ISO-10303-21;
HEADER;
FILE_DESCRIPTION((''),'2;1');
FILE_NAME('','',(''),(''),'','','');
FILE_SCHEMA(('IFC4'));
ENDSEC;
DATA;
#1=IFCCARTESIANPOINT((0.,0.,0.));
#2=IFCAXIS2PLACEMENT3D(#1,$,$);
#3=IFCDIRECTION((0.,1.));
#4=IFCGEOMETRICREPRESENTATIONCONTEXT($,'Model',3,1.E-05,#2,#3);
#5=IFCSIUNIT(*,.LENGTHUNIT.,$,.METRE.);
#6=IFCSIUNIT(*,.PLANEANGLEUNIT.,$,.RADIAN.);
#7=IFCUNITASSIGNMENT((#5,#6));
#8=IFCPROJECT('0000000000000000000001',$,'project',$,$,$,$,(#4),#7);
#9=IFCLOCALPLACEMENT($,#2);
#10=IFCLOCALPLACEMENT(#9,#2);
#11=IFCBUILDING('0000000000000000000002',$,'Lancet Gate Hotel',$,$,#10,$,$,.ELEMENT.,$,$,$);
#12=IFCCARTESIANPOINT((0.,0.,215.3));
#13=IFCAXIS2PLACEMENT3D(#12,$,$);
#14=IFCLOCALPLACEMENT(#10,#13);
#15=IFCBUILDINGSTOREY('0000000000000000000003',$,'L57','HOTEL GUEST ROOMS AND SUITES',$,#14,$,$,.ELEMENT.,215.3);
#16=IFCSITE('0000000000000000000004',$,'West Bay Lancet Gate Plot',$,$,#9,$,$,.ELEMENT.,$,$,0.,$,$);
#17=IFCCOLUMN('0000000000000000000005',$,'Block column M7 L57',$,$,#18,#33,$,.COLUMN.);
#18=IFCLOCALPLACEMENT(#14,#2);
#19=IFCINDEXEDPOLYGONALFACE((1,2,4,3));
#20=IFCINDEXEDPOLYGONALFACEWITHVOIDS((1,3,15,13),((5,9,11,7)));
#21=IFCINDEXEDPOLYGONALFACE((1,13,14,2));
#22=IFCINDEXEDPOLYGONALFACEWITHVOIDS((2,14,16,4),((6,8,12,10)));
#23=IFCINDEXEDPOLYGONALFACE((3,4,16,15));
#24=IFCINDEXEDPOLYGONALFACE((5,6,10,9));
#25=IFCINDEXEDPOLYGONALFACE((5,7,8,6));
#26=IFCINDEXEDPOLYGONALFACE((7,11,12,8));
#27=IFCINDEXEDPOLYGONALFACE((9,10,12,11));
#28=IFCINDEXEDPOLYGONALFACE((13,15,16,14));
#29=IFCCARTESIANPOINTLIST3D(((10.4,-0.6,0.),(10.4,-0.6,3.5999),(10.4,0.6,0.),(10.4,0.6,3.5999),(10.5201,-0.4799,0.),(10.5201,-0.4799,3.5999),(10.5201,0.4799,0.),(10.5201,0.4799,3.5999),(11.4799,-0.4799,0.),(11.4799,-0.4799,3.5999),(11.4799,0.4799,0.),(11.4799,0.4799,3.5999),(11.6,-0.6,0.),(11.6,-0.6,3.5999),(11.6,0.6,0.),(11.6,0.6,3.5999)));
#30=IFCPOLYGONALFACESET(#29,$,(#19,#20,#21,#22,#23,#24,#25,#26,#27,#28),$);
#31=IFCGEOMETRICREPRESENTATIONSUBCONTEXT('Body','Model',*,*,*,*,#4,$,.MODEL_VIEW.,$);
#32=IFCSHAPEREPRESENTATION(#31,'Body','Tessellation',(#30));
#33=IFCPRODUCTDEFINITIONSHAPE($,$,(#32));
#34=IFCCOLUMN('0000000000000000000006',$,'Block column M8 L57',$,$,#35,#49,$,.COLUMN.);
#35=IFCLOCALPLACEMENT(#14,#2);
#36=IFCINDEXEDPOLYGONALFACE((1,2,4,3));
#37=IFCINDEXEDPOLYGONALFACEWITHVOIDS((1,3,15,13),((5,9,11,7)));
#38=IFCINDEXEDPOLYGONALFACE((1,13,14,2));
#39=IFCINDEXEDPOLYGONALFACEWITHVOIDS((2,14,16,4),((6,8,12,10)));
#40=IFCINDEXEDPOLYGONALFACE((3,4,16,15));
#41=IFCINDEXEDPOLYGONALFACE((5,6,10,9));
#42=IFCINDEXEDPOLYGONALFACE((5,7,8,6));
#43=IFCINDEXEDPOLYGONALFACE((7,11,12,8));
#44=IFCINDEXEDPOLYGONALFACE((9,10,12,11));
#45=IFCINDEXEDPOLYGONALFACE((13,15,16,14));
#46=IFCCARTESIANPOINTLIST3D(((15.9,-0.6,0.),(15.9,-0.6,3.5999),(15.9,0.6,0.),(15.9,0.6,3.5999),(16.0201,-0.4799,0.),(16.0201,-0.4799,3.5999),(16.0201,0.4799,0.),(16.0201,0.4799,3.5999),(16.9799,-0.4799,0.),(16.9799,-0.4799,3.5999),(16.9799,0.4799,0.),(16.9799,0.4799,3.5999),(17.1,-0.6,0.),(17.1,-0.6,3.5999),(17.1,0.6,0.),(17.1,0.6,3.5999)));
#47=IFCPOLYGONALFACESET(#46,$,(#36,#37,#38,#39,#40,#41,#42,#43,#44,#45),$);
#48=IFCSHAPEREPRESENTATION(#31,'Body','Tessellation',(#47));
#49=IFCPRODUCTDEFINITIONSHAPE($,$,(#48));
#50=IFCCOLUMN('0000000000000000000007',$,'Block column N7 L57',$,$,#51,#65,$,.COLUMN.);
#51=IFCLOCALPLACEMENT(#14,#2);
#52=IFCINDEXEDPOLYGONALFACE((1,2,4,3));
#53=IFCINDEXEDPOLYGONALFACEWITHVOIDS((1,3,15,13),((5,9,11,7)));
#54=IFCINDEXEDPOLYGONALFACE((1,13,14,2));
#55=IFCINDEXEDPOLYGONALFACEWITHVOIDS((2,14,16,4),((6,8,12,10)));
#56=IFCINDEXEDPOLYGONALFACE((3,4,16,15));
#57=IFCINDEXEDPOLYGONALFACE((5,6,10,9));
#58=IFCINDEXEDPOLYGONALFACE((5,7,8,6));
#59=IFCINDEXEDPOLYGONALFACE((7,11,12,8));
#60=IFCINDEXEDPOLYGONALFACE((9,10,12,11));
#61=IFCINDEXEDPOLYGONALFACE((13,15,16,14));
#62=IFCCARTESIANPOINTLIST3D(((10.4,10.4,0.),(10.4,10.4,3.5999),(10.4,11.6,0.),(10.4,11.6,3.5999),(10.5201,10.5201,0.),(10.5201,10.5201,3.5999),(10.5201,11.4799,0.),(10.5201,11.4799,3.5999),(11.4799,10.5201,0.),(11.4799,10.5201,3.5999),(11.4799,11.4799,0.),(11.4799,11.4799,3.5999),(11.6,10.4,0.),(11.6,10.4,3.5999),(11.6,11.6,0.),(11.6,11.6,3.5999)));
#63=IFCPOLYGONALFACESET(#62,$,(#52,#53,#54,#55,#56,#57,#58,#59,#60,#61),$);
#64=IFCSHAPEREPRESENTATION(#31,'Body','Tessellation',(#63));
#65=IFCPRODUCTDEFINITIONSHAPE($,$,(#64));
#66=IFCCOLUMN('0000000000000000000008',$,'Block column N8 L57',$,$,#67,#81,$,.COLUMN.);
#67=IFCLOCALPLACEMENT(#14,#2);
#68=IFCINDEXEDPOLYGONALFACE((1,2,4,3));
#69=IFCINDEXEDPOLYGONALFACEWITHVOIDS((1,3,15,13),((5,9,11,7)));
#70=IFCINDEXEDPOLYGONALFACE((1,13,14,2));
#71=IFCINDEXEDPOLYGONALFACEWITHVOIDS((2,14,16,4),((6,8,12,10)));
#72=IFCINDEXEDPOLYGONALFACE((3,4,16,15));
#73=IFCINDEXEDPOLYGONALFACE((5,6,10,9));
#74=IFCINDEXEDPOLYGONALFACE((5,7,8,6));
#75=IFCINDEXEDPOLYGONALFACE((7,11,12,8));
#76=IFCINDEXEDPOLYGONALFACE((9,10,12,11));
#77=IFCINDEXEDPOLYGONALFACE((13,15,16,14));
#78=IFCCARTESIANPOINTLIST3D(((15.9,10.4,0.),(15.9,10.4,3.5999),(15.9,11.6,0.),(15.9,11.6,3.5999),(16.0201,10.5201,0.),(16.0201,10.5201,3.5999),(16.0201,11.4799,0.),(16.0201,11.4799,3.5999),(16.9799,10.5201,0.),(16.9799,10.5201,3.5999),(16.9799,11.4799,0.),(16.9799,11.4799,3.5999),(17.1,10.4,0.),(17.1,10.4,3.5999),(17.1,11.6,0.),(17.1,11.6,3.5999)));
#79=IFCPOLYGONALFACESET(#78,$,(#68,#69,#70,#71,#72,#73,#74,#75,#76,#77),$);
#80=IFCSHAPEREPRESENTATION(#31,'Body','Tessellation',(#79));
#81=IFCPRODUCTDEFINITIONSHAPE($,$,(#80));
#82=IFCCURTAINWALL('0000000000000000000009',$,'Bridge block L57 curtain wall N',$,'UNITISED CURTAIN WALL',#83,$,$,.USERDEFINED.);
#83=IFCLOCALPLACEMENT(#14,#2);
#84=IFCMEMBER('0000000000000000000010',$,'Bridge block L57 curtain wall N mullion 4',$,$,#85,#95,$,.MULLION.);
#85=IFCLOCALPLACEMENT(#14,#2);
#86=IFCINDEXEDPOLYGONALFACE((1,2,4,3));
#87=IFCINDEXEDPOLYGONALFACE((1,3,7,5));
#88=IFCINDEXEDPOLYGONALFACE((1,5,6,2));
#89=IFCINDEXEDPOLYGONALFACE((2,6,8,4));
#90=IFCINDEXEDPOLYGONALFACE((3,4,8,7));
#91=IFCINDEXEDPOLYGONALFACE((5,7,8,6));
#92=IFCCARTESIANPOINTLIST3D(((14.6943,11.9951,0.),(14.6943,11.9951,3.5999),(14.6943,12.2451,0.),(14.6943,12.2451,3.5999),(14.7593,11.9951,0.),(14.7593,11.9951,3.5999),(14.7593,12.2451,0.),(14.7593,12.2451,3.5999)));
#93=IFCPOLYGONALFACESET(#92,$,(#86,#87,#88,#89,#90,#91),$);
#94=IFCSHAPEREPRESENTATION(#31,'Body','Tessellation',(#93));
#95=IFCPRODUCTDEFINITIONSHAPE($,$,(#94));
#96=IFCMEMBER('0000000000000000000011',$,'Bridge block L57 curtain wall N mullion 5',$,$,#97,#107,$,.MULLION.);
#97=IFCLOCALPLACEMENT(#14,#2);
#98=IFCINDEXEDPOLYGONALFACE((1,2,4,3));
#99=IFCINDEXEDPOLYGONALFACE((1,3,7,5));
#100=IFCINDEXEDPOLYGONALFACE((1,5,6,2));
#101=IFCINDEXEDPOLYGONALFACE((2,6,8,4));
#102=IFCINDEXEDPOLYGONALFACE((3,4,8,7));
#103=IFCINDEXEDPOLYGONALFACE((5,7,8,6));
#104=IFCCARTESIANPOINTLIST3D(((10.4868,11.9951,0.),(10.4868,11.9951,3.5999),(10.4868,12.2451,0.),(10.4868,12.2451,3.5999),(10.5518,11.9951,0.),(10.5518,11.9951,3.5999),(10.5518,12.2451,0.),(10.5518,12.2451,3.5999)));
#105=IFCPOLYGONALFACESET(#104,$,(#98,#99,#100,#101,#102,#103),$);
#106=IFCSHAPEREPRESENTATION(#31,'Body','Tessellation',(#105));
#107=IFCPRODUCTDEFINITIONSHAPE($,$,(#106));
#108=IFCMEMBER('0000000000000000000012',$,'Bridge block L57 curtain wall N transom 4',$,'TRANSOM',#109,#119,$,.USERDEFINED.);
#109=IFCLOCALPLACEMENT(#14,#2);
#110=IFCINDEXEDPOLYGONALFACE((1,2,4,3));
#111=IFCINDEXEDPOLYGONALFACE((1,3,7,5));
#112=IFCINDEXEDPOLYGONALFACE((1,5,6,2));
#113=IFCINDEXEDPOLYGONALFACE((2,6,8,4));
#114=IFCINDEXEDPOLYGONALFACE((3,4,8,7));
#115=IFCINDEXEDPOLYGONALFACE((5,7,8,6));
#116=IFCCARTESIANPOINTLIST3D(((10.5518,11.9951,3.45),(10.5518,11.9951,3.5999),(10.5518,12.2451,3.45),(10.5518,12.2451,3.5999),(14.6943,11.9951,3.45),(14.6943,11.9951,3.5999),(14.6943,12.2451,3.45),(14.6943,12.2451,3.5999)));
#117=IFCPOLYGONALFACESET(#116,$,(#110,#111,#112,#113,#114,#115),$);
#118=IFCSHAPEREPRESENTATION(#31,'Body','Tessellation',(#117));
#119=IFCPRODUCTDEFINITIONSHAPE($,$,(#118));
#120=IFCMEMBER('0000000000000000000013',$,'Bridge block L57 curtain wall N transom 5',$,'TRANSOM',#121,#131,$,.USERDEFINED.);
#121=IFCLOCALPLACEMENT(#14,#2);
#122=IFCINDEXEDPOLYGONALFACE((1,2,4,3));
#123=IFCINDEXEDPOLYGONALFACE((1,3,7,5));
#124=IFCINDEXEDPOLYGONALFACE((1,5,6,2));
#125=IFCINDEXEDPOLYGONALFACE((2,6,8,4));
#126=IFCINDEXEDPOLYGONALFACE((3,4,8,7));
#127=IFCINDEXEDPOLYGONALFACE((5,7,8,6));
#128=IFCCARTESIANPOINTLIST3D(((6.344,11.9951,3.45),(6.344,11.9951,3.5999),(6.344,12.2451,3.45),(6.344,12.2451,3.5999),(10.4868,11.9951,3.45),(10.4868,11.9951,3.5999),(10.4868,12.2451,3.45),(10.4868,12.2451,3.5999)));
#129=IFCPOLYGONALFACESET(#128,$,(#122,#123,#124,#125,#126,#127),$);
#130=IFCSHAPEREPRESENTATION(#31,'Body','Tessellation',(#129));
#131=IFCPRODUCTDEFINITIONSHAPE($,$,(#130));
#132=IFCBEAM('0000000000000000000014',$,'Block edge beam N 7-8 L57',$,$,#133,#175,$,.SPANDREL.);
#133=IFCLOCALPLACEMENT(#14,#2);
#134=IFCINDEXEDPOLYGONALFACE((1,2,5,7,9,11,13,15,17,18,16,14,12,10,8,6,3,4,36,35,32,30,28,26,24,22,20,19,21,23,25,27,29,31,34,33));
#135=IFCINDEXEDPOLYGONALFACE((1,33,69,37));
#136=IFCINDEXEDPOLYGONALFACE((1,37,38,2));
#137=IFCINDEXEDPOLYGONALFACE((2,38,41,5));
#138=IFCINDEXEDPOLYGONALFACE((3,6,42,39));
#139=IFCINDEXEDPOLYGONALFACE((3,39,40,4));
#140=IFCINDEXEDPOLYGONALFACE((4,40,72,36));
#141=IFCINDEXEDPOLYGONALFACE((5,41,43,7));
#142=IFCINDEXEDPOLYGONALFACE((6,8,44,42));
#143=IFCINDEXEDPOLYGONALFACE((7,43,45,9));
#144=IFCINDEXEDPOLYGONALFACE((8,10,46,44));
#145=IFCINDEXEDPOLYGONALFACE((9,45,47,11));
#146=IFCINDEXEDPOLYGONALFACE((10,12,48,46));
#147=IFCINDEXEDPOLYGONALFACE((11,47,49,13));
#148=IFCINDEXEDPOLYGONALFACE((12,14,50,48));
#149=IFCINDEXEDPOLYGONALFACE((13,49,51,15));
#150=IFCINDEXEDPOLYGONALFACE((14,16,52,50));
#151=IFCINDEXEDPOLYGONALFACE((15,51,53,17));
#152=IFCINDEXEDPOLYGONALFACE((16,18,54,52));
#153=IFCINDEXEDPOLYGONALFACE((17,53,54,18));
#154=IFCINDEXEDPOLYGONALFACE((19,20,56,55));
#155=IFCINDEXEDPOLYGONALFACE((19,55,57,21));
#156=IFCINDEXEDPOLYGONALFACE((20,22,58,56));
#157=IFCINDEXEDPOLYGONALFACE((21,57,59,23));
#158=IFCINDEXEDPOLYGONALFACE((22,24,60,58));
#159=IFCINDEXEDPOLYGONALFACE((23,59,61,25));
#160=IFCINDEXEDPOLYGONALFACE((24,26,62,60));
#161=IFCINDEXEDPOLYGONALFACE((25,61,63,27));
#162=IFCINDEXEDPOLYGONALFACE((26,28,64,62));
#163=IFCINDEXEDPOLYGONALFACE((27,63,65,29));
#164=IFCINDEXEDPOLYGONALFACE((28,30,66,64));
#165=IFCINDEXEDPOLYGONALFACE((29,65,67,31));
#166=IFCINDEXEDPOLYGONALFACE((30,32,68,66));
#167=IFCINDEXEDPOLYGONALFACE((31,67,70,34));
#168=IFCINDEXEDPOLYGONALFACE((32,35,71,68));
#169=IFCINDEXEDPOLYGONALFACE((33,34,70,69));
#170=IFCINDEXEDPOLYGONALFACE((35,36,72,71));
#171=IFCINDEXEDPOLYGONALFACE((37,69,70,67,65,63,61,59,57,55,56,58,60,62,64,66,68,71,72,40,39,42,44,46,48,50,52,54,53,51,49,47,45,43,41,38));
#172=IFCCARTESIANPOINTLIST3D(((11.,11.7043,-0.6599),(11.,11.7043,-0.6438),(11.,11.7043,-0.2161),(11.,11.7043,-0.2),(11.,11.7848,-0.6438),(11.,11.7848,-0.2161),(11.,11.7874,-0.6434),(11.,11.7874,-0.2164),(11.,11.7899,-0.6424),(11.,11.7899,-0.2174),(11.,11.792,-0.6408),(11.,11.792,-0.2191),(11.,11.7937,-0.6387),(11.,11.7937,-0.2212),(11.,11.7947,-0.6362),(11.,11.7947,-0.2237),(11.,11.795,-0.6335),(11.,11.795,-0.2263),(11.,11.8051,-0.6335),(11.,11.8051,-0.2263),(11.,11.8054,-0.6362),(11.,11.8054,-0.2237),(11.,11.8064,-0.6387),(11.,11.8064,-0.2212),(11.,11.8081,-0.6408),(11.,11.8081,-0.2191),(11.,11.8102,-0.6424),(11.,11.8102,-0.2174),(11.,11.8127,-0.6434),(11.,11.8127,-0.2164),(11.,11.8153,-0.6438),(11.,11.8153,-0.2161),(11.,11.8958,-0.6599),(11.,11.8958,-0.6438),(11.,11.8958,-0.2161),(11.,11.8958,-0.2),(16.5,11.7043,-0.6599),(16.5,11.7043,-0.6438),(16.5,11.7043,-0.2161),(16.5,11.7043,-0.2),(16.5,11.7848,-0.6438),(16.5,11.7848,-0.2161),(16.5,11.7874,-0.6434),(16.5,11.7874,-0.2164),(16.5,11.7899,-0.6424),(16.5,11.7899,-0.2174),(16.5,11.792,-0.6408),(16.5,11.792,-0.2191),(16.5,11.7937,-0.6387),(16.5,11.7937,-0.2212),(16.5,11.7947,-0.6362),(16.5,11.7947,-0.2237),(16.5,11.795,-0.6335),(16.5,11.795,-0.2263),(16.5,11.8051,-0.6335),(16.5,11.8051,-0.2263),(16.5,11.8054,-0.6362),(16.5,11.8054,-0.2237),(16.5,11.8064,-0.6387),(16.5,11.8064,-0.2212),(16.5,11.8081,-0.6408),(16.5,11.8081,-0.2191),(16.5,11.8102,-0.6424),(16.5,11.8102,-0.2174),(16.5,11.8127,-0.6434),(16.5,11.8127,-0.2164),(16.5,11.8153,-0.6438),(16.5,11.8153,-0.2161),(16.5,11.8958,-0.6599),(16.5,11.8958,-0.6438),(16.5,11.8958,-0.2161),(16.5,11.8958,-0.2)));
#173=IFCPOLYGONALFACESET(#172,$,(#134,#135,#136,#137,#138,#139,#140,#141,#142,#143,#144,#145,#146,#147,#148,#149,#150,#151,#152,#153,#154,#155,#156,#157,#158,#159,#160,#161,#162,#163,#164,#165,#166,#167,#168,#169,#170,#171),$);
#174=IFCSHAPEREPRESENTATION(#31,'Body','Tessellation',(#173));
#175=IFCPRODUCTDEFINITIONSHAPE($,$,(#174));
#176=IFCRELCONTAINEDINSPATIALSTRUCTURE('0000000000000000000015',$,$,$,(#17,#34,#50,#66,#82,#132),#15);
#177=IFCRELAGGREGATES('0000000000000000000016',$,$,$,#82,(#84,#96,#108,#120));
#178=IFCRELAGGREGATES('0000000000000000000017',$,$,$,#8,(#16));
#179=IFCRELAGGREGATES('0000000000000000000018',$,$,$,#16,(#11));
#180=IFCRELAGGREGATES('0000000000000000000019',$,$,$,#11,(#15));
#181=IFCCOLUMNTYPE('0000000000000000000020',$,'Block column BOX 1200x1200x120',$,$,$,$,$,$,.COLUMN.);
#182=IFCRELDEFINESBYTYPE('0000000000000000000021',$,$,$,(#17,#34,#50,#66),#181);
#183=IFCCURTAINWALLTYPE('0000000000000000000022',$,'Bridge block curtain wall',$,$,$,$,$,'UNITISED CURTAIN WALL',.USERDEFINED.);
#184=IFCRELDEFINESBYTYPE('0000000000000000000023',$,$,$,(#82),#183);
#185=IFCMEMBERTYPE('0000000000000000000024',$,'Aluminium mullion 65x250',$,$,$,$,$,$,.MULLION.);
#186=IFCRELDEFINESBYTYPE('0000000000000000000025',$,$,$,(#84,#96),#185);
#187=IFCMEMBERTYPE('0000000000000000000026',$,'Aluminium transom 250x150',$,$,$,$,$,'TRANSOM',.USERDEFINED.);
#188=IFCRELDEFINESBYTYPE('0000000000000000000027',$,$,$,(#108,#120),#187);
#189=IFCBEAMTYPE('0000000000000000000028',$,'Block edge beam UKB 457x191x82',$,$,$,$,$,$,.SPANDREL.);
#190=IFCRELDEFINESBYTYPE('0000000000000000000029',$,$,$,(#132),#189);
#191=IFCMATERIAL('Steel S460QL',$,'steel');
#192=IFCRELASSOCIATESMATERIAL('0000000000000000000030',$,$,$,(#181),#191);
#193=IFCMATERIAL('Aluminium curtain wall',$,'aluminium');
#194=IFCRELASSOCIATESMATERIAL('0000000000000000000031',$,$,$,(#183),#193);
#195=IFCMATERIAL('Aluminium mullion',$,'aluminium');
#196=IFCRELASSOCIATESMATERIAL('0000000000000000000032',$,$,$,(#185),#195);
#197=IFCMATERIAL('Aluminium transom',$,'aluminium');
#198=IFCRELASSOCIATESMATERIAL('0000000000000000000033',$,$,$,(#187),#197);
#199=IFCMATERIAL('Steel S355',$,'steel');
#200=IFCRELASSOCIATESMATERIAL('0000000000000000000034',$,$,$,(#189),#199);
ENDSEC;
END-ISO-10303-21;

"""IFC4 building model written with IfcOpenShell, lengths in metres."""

from ifc_helpers import new_model, si_unit, direction, frame, origin, origin_2d, place, context, subcontext, project, spatial, rectangle, hollow_rectangle, i_section, extrude, material, material_profile, profile_set, type_object, element, aggregate, save


model = new_model("IFC4")

# Units and contexts
model_context = context("Model", 3, precision=1e-05, world=origin(), true_north=direction((0.0, 1.0)))
body_context = subcontext(model_context, "Body", "Model", "MODEL_VIEW")
ifc_project = project(units=[si_unit("LENGTHUNIT", "METRE"), si_unit("PLANEANGLEUNIT", "RADIAN")], contexts=[model_context])

# Site, building, storey
site_placement = place(None, origin())
site = spatial("IfcSite", under=ifc_project, at=site_placement, Name="West Bay Lancet Gate Plot", CompositionType="ELEMENT", RefElevation=0.0)
building_placement = place(site_placement, origin())
building = spatial("IfcBuilding", under=site, at=building_placement, Name="Lancet Gate Hotel", CompositionType="ELEMENT")
storey_placement = place(building_placement, frame((0.0, 0.0, 215.3)))
storey = spatial("IfcBuildingStorey", under=building, at=storey_placement, Name="L57", Description="HOTEL GUEST ROOMS AND SUITES", CompositionType="ELEMENT", Elevation=215.3)

# Columns
ifc_material_1 = material(Name="Steel S460QL", Category="steel")
ifc_material_profile_1 = material_profile(ifc_material_1, hollow_rectangle(XDim=1.2, YDim=1.2, WallThickness=0.1201, at=origin_2d()), Name="BOX 1200x1200x120")
ifc_profile_set_1 = profile_set([ifc_material_profile_1], Name="Steel S460QL")
column_type = type_object("IfcColumnType", Name="Block column BOX 1200x1200x120", PredefinedType="COLUMN", material=ifc_profile_set_1)
for number, where, z_axis, x_axis, name in (
    (1, (11.0, 0.0, 0.0), (0.0, 0.0, 1.0), (1.0, 0.0, 0.0), "Block column M7 L57"),
    (2, (16.5, 0.0, 0.0), (0.0, 0.0, 1.0), (1.0, 0.0, 0.0), "Block column M8 L57"),
    (3, (11.0, 11.0, 0.0), (0.0, 0.0, 1.0), (1.0, 0.0, 0.0), "Block column N7 L57"),
    (4, (16.5, 11.0, 0.0), (0.0, 0.0, 1.0), (1.0, 0.0, 0.0), "Block column N8 L57"),
):
    element("IfcColumn", number, at=place(storey_placement, frame(where, z_axis=z_axis, x_axis=x_axis)), inside=storey, type_object=column_type, Name=name, PredefinedType="COLUMN", context=body_context, shape_type="SweptSolid", body=[
        extrude(hollow_rectangle(XDim=1.2, YDim=1.2, WallThickness=0.1201, at=origin_2d()), origin(), (0.0, 0.0, 1.0), 3.5999),
    ])

# Curtain wall, members
ifc_material_2 = material(Name="Aluminium curtain wall", Category="aluminium")
curtain_wall_type = type_object("IfcCurtainWallType", Name="Bridge block curtain wall", ElementType="UNITISED CURTAIN WALL", PredefinedType="USERDEFINED", material=ifc_material_2)
curtain_wall_placement = place(storey_placement, origin())
curtain_wall = element("IfcCurtainWall", 5, at=curtain_wall_placement, inside=storey, type_object=curtain_wall_type, Name="Bridge block L57 curtain wall N", ObjectType="UNITISED CURTAIN WALL", PredefinedType="USERDEFINED")
ifc_material_3 = material(Name="Aluminium mullion", Category="aluminium")
ifc_material_profile_2 = material_profile(ifc_material_3, rectangle(XDim=0.0649, YDim=0.25, at=origin_2d()), Name="MULLION 65x250")
ifc_profile_set_2 = profile_set([ifc_material_profile_2], Name="Aluminium mullion")
member_type_1 = type_object("IfcMemberType", Name="Aluminium mullion 65x250", PredefinedType="MULLION", material=ifc_profile_set_2)
member_1_placement = place(storey_placement, frame((14.7268, 12.1201, 0.0), z_axis=(0.0, 0.0, 1.0), x_axis=(-1.0, 0.0, 0.0)))
member_1 = element("IfcMember", 6, at=member_1_placement, type_object=member_type_1, Name="Bridge block L57 curtain wall N mullion 4", PredefinedType="MULLION", context=body_context, shape_type="SweptSolid", body=[
    extrude(rectangle(XDim=0.0649, YDim=0.25, at=origin_2d()), origin(), (0.0, 0.0, 1.0), 3.5999),
])
member_2_placement = place(storey_placement, frame((10.5193, 12.1201, 0.0), z_axis=(0.0, 0.0, 1.0), x_axis=(-1.0, 0.0, 0.0)))
member_2 = element("IfcMember", 7, at=member_2_placement, type_object=member_type_1, Name="Bridge block L57 curtain wall N mullion 5", PredefinedType="MULLION", context=body_context, shape_type="SweptSolid", body=[
    extrude(rectangle(XDim=0.0649, YDim=0.25, at=origin_2d()), origin(), (0.0, 0.0, 1.0), 3.5999),
])
ifc_material_4 = material(Name="Aluminium transom", Category="aluminium")
ifc_material_profile_3 = material_profile(ifc_material_4, rectangle(XDim=0.25, YDim=0.1499, at=origin_2d()), Name="TRANSOM 250x150")
ifc_profile_set_3 = profile_set([ifc_material_profile_3], Name="Aluminium transom")
member_type_2 = type_object("IfcMemberType", Name="Aluminium transom 250x150", ElementType="TRANSOM", PredefinedType="USERDEFINED", material=ifc_profile_set_3)
member_3_placement = place(storey_placement, frame((14.6943, 12.1201, 3.5249), z_axis=(-1.0, 0.0, 0.0), x_axis=(0.0, -1.0, 0.0)))
member_3 = element("IfcMember", 8, at=member_3_placement, type_object=member_type_2, Name="Bridge block L57 curtain wall N transom 4", ObjectType="TRANSOM", PredefinedType="USERDEFINED", context=body_context, shape_type="SweptSolid", body=[
    extrude(rectangle(XDim=0.25, YDim=0.1499, at=origin_2d()), origin(), (0.0, 0.0, 1.0), 4.1426),
])
member_4_placement = place(storey_placement, frame((10.4868, 12.1201, 3.5249), z_axis=(-1.0, 0.0, 0.0), x_axis=(0.0, -1.0, 0.0)))
member_4 = element("IfcMember", 9, at=member_4_placement, type_object=member_type_2, Name="Bridge block L57 curtain wall N transom 5", ObjectType="TRANSOM", PredefinedType="USERDEFINED", context=body_context, shape_type="SweptSolid", body=[
    extrude(rectangle(XDim=0.25, YDim=0.1499, at=origin_2d()), origin(), (0.0, 0.0, 1.0), 4.1428),
])

# Beam
ifc_material_5 = material(Name="Steel S355", Category="steel")
ifc_material_profile_4 = material_profile(ifc_material_5, i_section(OverallWidth=0.1914, OverallDepth=0.46, WebThickness=0.01, FlangeThickness=0.0161, FilletRadius=0.0103, at=origin_2d()), Name="UKB 457x191x82")
ifc_profile_set_4 = profile_set([ifc_material_profile_4], Name="Steel S355")
beam_type_1 = type_object("IfcBeamType", Name="Block edge beam UKB 457x191x82", PredefinedType="SPANDREL", material=ifc_profile_set_4)
for number, where, z_axis, x_axis, name in (
    (10, (11.0, 11.8, -0.4299), (1.0, 0.0, 0.0), (0.0, 1.0, 0.0), "Block edge beam N 7-8 L57"),
):
    element("IfcBeam", number, at=place(storey_placement, frame(where, z_axis=z_axis, x_axis=x_axis)), inside=storey, type_object=beam_type_1, Name=name, PredefinedType="SPANDREL", context=body_context, shape_type="SweptSolid", body=[
        extrude(i_section(OverallWidth=0.1914, OverallDepth=0.46, WebThickness=0.01, FlangeThickness=0.0161, FilletRadius=0.0103, at=origin_2d()), origin(), (0.0, 0.0, 1.0), 5.5),
    ])

aggregate(curtain_wall, [member_1, member_2, member_3, member_4])

save(model, "model.ifc")
